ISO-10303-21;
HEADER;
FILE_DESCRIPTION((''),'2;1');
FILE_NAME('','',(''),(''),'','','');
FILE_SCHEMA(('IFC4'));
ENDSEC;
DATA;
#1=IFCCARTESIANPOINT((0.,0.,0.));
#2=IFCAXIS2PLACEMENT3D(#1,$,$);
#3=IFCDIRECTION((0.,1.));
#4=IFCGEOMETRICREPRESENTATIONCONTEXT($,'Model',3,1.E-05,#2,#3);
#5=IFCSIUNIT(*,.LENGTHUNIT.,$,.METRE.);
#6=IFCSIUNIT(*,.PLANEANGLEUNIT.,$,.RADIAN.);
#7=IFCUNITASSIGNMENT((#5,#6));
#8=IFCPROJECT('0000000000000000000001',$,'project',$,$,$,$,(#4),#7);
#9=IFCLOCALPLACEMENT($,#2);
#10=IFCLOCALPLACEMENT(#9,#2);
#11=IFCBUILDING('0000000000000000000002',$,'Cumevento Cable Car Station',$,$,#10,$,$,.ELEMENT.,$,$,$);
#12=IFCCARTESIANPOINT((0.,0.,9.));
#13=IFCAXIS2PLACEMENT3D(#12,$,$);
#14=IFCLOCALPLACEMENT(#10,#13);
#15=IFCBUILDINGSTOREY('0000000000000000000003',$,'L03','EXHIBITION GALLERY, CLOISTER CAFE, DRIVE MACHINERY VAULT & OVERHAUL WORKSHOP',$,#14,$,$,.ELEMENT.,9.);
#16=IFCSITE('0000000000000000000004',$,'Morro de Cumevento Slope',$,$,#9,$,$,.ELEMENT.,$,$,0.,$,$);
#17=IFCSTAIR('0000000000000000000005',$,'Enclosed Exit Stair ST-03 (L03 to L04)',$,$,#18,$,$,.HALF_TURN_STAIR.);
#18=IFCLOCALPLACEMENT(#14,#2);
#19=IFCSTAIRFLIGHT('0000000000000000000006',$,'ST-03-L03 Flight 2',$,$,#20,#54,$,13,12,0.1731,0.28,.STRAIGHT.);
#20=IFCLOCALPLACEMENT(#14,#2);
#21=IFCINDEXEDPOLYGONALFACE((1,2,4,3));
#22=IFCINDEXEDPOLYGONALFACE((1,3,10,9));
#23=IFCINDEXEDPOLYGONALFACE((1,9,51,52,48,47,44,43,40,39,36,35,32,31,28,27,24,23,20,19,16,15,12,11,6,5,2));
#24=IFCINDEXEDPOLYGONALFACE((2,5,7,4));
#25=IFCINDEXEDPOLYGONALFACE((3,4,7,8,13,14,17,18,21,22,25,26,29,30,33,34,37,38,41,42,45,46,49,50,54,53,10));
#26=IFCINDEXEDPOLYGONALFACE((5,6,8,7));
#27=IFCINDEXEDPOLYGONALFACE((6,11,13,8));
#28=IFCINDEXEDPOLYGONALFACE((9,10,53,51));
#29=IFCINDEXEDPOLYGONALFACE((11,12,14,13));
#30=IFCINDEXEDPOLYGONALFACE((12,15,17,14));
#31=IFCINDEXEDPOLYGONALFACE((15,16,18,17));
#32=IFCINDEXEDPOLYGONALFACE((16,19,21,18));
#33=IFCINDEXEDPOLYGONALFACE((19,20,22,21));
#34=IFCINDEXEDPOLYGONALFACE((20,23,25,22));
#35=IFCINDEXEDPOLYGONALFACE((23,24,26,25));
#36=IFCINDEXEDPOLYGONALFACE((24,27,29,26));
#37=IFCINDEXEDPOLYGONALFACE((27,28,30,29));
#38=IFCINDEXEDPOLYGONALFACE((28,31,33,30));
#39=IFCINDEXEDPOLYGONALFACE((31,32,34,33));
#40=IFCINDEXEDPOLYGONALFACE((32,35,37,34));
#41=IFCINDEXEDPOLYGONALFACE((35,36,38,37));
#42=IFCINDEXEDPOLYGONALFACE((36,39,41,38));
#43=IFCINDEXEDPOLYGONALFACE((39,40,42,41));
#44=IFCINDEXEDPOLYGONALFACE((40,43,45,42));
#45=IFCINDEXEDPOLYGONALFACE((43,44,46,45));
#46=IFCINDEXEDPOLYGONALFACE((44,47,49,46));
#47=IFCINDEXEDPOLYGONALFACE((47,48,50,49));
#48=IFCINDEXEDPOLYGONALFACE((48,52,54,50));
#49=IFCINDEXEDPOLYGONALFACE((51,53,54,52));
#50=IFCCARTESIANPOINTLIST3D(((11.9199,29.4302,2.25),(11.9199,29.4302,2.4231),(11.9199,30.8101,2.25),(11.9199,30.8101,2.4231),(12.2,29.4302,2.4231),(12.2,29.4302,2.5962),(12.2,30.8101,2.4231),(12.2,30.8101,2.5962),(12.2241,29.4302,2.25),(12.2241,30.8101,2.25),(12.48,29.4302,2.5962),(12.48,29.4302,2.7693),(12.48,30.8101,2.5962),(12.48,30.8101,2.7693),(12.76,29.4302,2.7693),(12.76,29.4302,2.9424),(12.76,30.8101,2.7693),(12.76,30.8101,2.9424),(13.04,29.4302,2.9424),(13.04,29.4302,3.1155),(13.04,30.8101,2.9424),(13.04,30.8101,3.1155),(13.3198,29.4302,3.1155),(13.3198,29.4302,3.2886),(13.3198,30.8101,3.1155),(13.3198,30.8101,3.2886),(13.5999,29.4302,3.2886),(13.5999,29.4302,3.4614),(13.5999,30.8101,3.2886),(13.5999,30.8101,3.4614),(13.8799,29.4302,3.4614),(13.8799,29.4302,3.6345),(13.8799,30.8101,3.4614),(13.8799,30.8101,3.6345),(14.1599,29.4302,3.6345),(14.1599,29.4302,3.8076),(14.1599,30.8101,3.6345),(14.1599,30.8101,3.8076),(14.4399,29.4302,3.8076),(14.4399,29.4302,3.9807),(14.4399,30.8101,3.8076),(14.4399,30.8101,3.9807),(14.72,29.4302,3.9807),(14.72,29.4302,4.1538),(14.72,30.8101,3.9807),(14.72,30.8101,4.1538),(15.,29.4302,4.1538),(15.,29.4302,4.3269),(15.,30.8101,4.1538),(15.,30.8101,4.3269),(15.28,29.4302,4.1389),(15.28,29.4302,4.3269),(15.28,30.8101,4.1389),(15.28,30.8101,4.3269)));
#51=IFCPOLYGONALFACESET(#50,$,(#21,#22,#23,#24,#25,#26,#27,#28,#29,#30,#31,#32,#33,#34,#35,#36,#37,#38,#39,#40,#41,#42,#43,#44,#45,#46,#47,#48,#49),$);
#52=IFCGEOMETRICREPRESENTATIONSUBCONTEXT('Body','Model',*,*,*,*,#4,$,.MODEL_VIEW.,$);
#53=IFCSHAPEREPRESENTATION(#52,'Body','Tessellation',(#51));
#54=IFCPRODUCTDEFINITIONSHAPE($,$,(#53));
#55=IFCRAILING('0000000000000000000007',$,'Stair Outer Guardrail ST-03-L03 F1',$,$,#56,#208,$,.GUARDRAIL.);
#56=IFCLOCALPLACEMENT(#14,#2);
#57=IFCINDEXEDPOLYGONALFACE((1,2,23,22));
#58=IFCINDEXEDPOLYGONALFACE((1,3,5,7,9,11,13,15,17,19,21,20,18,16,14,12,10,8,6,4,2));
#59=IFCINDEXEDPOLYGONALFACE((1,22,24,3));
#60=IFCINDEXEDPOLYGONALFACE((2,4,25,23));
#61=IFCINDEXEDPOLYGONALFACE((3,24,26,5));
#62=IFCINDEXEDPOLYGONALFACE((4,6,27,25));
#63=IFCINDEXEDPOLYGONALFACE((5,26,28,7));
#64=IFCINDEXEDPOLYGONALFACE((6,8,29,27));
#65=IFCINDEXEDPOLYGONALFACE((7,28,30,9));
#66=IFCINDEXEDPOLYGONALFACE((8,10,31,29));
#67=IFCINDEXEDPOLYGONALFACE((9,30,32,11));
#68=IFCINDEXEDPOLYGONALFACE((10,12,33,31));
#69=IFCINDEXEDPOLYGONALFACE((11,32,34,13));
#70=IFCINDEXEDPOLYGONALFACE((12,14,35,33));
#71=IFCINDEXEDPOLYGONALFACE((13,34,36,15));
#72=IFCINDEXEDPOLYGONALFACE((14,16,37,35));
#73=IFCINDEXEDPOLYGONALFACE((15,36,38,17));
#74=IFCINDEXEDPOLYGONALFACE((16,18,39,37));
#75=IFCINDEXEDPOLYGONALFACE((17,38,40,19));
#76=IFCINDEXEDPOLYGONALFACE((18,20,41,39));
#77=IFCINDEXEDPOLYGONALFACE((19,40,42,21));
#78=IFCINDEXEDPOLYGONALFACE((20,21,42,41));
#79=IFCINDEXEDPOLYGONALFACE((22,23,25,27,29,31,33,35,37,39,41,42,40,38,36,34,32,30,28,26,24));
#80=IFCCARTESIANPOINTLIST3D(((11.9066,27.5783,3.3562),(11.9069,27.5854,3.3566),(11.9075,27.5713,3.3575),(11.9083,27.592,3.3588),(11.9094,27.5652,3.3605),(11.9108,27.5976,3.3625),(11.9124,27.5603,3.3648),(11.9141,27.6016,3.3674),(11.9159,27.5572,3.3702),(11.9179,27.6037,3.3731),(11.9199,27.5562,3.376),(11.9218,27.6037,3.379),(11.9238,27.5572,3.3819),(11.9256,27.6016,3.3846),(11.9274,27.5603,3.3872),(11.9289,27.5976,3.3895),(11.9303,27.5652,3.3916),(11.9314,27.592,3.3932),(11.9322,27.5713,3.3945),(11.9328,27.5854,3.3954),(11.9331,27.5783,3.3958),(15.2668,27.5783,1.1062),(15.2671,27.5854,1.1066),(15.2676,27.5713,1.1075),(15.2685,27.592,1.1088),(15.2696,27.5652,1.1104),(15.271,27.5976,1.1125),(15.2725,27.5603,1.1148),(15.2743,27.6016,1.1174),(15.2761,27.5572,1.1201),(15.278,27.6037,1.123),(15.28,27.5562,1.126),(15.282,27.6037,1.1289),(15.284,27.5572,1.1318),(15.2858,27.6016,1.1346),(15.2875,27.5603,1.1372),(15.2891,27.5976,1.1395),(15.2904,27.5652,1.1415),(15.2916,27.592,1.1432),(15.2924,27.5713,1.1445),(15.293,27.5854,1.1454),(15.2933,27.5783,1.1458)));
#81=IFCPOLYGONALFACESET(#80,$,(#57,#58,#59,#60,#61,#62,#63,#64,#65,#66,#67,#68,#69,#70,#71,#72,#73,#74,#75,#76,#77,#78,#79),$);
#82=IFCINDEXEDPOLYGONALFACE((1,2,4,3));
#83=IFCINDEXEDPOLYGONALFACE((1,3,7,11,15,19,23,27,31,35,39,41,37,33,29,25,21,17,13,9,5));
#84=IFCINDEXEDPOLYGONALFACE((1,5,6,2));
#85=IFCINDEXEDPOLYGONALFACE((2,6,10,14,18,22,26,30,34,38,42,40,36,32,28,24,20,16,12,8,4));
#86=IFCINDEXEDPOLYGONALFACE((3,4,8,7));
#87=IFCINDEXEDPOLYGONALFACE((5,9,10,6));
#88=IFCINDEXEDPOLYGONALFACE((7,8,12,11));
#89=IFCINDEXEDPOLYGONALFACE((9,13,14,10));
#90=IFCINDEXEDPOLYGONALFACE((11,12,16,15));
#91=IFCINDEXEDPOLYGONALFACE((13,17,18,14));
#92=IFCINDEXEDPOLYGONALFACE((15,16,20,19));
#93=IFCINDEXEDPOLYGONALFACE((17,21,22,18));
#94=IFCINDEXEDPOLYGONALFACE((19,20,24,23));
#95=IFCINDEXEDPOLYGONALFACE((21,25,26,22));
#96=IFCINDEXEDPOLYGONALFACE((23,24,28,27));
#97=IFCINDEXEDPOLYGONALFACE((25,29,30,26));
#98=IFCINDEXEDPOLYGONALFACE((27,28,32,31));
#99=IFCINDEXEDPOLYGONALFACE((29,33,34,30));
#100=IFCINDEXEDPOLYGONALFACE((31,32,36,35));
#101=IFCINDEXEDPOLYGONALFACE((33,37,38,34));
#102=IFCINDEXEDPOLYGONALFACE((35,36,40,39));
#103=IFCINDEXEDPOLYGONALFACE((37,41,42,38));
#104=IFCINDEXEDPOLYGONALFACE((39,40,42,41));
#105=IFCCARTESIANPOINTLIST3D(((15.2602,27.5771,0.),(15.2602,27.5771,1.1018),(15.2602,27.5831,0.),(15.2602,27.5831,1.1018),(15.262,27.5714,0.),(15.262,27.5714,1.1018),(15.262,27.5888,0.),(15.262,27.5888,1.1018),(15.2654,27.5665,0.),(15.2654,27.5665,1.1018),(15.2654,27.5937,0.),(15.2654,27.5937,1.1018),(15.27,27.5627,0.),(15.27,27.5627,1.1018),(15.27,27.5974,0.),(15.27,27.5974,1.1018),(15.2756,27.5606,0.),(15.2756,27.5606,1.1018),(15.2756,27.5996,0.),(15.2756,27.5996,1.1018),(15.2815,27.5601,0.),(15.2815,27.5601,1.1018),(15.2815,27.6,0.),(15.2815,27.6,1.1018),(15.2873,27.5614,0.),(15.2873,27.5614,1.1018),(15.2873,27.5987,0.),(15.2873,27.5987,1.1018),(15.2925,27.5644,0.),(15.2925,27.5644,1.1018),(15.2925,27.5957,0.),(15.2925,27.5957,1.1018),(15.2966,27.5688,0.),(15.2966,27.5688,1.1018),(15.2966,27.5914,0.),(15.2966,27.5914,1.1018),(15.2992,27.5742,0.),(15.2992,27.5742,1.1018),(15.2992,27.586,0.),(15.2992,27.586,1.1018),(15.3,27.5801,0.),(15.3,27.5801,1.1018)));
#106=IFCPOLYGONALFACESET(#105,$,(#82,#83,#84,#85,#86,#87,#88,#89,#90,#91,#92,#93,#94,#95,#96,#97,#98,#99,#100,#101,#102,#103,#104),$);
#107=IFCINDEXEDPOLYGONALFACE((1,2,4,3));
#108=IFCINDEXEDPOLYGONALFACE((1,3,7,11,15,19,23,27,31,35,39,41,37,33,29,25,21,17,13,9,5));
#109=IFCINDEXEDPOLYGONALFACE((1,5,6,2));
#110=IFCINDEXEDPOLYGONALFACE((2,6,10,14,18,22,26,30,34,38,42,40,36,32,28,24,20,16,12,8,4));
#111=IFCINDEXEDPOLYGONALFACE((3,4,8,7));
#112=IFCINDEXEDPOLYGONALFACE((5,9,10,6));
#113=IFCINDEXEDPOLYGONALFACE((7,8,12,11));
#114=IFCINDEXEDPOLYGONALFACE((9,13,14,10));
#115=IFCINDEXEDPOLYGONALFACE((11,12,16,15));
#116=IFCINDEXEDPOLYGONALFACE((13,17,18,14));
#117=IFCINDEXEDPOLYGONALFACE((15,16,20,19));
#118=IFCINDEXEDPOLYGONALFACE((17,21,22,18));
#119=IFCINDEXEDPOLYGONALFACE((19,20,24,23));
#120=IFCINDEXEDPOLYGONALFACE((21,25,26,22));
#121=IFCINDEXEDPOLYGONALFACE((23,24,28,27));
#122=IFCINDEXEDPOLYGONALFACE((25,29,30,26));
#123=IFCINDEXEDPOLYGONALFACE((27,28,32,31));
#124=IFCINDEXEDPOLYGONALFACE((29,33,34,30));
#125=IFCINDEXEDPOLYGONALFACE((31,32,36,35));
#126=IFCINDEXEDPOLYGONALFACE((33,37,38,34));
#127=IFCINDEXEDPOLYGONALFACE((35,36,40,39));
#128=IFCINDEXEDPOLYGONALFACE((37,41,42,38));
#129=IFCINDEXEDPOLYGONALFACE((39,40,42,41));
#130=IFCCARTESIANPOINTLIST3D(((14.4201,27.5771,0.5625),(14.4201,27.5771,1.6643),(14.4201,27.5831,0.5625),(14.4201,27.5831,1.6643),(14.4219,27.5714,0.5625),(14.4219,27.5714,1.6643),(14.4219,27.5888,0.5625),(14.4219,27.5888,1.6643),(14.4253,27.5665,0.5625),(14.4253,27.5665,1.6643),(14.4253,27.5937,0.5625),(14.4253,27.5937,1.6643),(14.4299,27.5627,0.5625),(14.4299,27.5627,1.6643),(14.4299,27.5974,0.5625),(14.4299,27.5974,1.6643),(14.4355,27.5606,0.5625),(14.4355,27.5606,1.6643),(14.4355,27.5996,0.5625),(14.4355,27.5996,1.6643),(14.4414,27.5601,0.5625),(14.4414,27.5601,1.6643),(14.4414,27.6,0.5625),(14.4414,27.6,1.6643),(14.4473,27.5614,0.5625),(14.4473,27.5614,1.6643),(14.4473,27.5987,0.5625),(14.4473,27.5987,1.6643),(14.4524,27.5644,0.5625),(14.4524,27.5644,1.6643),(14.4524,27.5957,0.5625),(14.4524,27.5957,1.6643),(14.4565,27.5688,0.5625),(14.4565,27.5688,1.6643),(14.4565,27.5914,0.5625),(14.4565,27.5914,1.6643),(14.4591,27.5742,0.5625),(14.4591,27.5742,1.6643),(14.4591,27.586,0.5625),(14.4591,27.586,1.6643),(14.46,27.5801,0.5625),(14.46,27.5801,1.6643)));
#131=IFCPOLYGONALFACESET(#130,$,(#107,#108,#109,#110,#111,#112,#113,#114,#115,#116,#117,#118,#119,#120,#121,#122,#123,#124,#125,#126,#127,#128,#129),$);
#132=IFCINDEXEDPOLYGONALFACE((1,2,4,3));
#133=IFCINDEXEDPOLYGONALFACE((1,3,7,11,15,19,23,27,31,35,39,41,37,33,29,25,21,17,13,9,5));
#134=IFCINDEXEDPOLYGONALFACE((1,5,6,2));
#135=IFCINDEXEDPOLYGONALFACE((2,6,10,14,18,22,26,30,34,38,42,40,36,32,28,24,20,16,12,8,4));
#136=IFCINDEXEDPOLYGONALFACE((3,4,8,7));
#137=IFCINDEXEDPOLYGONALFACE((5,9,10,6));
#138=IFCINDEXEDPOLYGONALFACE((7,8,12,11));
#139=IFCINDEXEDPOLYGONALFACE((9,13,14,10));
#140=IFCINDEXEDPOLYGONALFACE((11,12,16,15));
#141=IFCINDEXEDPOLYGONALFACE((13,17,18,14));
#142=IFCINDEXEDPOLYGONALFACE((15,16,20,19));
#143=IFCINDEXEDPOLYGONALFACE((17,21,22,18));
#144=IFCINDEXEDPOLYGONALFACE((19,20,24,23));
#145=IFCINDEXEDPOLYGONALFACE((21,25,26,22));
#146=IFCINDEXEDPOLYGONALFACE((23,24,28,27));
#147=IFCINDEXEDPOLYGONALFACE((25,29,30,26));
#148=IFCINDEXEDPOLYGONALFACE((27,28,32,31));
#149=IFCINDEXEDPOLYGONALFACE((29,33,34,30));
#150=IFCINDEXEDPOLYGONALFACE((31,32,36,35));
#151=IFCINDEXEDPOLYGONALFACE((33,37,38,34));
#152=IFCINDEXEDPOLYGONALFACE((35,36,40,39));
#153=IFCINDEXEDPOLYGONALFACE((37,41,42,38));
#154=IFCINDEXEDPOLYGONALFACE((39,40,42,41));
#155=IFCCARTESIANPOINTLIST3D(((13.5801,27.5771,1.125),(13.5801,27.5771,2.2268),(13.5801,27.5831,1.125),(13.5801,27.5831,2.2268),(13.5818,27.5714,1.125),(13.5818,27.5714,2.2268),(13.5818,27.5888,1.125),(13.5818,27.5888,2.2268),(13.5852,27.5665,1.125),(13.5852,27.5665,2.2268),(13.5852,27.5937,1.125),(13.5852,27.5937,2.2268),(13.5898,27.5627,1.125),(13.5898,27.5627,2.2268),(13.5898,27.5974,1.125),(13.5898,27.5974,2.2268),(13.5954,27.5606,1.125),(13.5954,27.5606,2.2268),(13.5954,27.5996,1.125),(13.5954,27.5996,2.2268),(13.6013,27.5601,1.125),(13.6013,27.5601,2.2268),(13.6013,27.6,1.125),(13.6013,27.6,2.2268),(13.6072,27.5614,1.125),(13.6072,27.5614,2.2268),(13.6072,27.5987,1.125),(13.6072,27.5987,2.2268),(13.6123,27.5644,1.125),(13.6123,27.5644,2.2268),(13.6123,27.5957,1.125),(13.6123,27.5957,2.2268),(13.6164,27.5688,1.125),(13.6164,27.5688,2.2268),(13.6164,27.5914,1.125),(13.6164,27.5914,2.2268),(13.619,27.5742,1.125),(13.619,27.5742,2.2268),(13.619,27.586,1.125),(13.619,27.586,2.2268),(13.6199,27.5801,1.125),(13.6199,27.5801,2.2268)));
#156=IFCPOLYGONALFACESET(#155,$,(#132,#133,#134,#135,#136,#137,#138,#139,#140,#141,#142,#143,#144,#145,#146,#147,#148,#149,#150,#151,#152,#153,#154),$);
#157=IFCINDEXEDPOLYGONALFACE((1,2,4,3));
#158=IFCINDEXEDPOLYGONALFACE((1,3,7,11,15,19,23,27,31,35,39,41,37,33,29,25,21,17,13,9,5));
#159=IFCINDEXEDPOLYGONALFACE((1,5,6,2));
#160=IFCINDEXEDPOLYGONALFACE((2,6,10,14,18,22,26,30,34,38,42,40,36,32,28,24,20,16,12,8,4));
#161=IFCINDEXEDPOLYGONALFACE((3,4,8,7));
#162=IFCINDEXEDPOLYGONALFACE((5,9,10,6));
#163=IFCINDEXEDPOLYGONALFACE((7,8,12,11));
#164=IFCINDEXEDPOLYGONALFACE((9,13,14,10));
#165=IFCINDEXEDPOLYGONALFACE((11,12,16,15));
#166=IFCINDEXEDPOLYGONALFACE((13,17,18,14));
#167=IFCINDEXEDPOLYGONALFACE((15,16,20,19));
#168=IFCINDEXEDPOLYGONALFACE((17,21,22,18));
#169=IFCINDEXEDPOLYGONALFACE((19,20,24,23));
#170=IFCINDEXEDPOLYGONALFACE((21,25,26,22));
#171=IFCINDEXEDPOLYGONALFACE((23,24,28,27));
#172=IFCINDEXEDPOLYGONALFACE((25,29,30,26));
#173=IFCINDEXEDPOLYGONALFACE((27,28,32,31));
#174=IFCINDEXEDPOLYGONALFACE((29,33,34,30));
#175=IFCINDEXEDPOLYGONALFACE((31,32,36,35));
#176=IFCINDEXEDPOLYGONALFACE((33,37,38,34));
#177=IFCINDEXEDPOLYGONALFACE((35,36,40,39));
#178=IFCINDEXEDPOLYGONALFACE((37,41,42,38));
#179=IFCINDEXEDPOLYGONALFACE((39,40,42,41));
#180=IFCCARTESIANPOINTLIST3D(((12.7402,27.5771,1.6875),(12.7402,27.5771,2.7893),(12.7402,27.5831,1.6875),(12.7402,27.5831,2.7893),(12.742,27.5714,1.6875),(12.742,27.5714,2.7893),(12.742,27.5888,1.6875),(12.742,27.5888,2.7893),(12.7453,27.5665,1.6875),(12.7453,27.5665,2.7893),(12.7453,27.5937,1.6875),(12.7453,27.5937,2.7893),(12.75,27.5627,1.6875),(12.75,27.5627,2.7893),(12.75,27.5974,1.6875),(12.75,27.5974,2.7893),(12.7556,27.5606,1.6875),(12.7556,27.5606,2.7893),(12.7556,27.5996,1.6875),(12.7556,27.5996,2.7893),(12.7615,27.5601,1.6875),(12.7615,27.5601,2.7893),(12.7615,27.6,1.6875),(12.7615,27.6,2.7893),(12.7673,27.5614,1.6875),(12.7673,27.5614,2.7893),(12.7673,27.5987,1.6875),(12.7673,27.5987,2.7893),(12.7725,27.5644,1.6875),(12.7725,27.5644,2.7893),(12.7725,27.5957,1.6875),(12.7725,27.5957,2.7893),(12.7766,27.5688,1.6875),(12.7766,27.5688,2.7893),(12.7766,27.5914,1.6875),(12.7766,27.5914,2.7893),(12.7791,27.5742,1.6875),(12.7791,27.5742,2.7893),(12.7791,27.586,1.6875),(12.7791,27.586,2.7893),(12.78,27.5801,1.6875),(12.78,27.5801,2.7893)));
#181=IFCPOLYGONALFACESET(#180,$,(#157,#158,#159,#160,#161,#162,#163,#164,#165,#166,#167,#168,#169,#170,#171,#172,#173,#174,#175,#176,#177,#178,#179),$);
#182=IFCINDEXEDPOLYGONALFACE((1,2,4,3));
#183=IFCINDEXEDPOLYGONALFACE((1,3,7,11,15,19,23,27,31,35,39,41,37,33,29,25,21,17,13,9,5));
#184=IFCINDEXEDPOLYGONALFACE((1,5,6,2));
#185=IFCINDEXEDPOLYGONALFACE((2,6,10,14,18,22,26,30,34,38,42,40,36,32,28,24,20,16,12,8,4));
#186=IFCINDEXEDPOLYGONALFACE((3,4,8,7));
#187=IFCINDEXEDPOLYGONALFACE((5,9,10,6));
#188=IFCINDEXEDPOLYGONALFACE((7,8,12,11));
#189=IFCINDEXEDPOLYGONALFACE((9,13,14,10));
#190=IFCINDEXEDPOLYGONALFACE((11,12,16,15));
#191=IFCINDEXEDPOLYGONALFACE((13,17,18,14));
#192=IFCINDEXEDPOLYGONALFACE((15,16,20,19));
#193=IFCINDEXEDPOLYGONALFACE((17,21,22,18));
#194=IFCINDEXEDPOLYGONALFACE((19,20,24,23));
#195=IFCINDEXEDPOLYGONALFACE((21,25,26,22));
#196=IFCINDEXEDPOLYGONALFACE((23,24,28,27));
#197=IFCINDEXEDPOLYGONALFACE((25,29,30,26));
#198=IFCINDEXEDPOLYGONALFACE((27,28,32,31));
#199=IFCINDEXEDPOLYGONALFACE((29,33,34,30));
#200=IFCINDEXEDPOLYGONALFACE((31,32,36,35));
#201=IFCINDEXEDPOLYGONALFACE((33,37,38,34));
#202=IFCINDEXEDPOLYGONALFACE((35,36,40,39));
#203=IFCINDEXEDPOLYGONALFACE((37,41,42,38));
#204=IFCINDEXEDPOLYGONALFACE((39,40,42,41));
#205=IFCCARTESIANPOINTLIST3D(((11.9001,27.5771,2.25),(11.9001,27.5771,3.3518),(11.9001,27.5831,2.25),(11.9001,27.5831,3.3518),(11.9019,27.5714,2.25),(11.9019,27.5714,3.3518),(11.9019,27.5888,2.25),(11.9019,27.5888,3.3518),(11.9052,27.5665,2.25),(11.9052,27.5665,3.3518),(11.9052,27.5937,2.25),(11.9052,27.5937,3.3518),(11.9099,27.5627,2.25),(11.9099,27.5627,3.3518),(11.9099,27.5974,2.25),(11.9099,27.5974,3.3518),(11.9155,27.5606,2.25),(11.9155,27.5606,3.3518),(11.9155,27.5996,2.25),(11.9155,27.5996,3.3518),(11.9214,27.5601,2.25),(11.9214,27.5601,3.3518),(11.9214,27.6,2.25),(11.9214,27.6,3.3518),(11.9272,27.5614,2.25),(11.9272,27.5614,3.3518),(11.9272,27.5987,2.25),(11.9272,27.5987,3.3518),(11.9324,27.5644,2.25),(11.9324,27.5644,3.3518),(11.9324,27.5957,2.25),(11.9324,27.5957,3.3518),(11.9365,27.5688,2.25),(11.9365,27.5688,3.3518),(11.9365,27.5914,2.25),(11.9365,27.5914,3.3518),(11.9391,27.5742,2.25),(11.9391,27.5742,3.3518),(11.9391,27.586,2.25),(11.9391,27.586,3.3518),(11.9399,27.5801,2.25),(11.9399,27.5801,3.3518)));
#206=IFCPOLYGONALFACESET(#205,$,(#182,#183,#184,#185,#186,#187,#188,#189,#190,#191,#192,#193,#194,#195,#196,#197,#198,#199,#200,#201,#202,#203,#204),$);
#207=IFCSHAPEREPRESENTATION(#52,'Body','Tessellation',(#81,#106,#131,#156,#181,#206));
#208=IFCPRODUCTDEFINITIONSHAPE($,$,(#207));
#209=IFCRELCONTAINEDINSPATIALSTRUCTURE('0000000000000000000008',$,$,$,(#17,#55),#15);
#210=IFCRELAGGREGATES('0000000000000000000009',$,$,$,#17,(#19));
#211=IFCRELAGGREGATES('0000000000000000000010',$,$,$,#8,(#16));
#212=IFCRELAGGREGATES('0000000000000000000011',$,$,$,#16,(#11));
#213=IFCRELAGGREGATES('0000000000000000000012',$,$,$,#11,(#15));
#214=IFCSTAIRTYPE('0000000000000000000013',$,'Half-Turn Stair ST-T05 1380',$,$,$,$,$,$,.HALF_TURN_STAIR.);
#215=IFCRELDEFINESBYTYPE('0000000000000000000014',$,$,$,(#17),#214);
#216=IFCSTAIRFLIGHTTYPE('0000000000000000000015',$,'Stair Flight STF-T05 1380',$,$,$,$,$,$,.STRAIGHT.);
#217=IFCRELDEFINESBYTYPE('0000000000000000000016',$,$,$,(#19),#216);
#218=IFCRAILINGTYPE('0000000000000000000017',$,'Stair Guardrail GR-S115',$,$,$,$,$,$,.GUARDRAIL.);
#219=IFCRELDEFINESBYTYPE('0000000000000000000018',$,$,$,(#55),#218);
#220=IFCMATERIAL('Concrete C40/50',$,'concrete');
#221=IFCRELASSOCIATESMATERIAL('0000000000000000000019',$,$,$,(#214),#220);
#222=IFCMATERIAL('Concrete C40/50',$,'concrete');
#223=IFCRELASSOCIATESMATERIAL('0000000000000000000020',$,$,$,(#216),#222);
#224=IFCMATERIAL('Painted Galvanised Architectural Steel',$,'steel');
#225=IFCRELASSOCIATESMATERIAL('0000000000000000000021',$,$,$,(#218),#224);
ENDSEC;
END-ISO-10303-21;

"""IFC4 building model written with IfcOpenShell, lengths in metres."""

from ifc_helpers import new_model, si_unit, direction, frame, origin, origin_2d, place, context, subcontext, project, spatial, polyline, circle, outline, extrude, material, type_object, element, aggregate, save


model = new_model("IFC4")

# Units and contexts
model_context = context("Model", 3, precision=1e-05, world=origin(), true_north=direction((0.0, 1.0)))
body_context = subcontext(model_context, "Body", "Model", "MODEL_VIEW")
ifc_project = project(units=[si_unit("LENGTHUNIT", "METRE"), si_unit("PLANEANGLEUNIT", "RADIAN")], contexts=[model_context])

# Site, building, storey
site_placement = place(None, origin())
site = spatial("IfcSite", under=ifc_project, at=site_placement, Name="Morro de Cumevento Slope", CompositionType="ELEMENT", RefElevation=0.0)
building_placement = place(site_placement, origin())
building = spatial("IfcBuilding", under=site, at=building_placement, Name="Cumevento Cable Car Station", CompositionType="ELEMENT")
storey_placement = place(building_placement, frame((0.0, 0.0, 9.0)))
storey = spatial("IfcBuildingStorey", under=building, at=storey_placement, Name="L03", Description="EXHIBITION GALLERY, CLOISTER CAFE, DRIVE MACHINERY VAULT & OVERHAUL WORKSHOP", CompositionType="ELEMENT", Elevation=9.0)

# Stair, stair flight
ifc_material_1 = material(Name="Concrete C40/50", Category="concrete")
stair_type = type_object("IfcStairType", Name="Half-Turn Stair ST-T05 1380", PredefinedType="HALF_TURN_STAIR", material=ifc_material_1)
stair_placement = place(storey_placement, origin())
stair = element("IfcStair", 1, at=stair_placement, inside=storey, type_object=stair_type, Name="Enclosed Exit Stair ST-03 (L03 to L04)", PredefinedType="HALF_TURN_STAIR")
ifc_material_2 = material(Name="Concrete C40/50", Category="concrete")
stair_flight_type = type_object("IfcStairFlightType", Name="Stair Flight STF-T05 1380", PredefinedType="STRAIGHT", material=ifc_material_2)
stair_flight_1_placement = place(storey_placement, frame((11.9199, 30.1201, 2.25), z_axis=(0.0, 0.0, 1.0), x_axis=(1.0, 0.0, 0.0)))
stair_flight_1 = element("IfcStairFlight", 2, at=stair_flight_1_placement, type_object=stair_flight_type, Name="ST-03-L03 Flight 2", NumberOfRisers=13, NumberOfTreads=12, PredefinedType="STRAIGHT", RiserHeight=0.1731, TreadLength=0.28, context=body_context, shape_type="SweptSolid", body=[
    extrude(outline(polyline([(0.0, 0.0), (0.0, 0.1731), (0.28, 0.1731), (0.28, 0.3462), (0.5601, 0.3462), (0.5601, 0.5193), (0.8401, 0.5193), (0.8401, 0.6924), (1.1201, 0.6924), (1.1201, 0.8655), (1.3999, 0.8655), (1.3999, 1.0386), (1.6799, 1.0386), (1.6799, 1.2114), (1.96, 1.2114), (1.96, 1.3845), (2.24, 1.3845), (2.24, 1.5576), (2.52, 1.5576), (2.52, 1.7307), (2.8, 1.7307), (2.8, 1.9038), (3.0801, 1.9038), (3.0801, 2.0769), (3.3601, 2.0769), (3.3601, 2.25), (3.3601, 1.8889), (0.3042, 0.0), (0.0, 0.0)])), frame((0.0, 0.6899, 0.0), z_axis=(0.0, -1.0, 0.0), x_axis=(1.0, 0.0, 0.0)), (0.0, 0.0, 1.0), 1.3799),
])
aggregate(stair, [stair_flight_1])

# Railing
ifc_material_3 = material(Name="Painted Galvanised Architectural Steel", Category="steel")
railing_type_1 = type_object("IfcRailingType", Name="Stair Guardrail GR-S115", PredefinedType="GUARDRAIL", material=ifc_material_3)
railing_1_placement = place(storey_placement, frame((15.28, 27.5801, 0.0)))
element("IfcRailing", 3, at=railing_1_placement, inside=storey, type_object=railing_type_1, Name="Stair Outer Guardrail ST-03-L03 F1", PredefinedType="GUARDRAIL", context=body_context, shape_type="SweptSolid", body=[
    extrude(circle(Radius=0.0239, at=origin_2d()), frame((0.0, 0.0, 1.126), z_axis=(-0.830915, 0.0, 0.556399), x_axis=(0.0, -1.0, 0.0)), (0.0, 0.0, 1.0), 4.0439),
    extrude(circle(Radius=0.02, at=origin_2d()), origin(), (0.0, 0.0, 1.0), 1.1018),
    extrude(circle(Radius=0.02, at=origin_2d()), frame((-0.8401, 0.0, 0.5625)), (0.0, 0.0, 1.0), 1.1018),
    extrude(circle(Radius=0.02, at=origin_2d()), frame((-1.6802, 0.0, 1.125)), (0.0, 0.0, 1.0), 1.1018),
    extrude(circle(Radius=0.02, at=origin_2d()), frame((-2.52, 0.0, 1.6875)), (0.0, 0.0, 1.0), 1.1018),
    extrude(circle(Radius=0.02, at=origin_2d()), frame((-3.3601, 0.0, 2.25)), (0.0, 0.0, 1.0), 1.1018),
])

save(model, "model.ifc")
